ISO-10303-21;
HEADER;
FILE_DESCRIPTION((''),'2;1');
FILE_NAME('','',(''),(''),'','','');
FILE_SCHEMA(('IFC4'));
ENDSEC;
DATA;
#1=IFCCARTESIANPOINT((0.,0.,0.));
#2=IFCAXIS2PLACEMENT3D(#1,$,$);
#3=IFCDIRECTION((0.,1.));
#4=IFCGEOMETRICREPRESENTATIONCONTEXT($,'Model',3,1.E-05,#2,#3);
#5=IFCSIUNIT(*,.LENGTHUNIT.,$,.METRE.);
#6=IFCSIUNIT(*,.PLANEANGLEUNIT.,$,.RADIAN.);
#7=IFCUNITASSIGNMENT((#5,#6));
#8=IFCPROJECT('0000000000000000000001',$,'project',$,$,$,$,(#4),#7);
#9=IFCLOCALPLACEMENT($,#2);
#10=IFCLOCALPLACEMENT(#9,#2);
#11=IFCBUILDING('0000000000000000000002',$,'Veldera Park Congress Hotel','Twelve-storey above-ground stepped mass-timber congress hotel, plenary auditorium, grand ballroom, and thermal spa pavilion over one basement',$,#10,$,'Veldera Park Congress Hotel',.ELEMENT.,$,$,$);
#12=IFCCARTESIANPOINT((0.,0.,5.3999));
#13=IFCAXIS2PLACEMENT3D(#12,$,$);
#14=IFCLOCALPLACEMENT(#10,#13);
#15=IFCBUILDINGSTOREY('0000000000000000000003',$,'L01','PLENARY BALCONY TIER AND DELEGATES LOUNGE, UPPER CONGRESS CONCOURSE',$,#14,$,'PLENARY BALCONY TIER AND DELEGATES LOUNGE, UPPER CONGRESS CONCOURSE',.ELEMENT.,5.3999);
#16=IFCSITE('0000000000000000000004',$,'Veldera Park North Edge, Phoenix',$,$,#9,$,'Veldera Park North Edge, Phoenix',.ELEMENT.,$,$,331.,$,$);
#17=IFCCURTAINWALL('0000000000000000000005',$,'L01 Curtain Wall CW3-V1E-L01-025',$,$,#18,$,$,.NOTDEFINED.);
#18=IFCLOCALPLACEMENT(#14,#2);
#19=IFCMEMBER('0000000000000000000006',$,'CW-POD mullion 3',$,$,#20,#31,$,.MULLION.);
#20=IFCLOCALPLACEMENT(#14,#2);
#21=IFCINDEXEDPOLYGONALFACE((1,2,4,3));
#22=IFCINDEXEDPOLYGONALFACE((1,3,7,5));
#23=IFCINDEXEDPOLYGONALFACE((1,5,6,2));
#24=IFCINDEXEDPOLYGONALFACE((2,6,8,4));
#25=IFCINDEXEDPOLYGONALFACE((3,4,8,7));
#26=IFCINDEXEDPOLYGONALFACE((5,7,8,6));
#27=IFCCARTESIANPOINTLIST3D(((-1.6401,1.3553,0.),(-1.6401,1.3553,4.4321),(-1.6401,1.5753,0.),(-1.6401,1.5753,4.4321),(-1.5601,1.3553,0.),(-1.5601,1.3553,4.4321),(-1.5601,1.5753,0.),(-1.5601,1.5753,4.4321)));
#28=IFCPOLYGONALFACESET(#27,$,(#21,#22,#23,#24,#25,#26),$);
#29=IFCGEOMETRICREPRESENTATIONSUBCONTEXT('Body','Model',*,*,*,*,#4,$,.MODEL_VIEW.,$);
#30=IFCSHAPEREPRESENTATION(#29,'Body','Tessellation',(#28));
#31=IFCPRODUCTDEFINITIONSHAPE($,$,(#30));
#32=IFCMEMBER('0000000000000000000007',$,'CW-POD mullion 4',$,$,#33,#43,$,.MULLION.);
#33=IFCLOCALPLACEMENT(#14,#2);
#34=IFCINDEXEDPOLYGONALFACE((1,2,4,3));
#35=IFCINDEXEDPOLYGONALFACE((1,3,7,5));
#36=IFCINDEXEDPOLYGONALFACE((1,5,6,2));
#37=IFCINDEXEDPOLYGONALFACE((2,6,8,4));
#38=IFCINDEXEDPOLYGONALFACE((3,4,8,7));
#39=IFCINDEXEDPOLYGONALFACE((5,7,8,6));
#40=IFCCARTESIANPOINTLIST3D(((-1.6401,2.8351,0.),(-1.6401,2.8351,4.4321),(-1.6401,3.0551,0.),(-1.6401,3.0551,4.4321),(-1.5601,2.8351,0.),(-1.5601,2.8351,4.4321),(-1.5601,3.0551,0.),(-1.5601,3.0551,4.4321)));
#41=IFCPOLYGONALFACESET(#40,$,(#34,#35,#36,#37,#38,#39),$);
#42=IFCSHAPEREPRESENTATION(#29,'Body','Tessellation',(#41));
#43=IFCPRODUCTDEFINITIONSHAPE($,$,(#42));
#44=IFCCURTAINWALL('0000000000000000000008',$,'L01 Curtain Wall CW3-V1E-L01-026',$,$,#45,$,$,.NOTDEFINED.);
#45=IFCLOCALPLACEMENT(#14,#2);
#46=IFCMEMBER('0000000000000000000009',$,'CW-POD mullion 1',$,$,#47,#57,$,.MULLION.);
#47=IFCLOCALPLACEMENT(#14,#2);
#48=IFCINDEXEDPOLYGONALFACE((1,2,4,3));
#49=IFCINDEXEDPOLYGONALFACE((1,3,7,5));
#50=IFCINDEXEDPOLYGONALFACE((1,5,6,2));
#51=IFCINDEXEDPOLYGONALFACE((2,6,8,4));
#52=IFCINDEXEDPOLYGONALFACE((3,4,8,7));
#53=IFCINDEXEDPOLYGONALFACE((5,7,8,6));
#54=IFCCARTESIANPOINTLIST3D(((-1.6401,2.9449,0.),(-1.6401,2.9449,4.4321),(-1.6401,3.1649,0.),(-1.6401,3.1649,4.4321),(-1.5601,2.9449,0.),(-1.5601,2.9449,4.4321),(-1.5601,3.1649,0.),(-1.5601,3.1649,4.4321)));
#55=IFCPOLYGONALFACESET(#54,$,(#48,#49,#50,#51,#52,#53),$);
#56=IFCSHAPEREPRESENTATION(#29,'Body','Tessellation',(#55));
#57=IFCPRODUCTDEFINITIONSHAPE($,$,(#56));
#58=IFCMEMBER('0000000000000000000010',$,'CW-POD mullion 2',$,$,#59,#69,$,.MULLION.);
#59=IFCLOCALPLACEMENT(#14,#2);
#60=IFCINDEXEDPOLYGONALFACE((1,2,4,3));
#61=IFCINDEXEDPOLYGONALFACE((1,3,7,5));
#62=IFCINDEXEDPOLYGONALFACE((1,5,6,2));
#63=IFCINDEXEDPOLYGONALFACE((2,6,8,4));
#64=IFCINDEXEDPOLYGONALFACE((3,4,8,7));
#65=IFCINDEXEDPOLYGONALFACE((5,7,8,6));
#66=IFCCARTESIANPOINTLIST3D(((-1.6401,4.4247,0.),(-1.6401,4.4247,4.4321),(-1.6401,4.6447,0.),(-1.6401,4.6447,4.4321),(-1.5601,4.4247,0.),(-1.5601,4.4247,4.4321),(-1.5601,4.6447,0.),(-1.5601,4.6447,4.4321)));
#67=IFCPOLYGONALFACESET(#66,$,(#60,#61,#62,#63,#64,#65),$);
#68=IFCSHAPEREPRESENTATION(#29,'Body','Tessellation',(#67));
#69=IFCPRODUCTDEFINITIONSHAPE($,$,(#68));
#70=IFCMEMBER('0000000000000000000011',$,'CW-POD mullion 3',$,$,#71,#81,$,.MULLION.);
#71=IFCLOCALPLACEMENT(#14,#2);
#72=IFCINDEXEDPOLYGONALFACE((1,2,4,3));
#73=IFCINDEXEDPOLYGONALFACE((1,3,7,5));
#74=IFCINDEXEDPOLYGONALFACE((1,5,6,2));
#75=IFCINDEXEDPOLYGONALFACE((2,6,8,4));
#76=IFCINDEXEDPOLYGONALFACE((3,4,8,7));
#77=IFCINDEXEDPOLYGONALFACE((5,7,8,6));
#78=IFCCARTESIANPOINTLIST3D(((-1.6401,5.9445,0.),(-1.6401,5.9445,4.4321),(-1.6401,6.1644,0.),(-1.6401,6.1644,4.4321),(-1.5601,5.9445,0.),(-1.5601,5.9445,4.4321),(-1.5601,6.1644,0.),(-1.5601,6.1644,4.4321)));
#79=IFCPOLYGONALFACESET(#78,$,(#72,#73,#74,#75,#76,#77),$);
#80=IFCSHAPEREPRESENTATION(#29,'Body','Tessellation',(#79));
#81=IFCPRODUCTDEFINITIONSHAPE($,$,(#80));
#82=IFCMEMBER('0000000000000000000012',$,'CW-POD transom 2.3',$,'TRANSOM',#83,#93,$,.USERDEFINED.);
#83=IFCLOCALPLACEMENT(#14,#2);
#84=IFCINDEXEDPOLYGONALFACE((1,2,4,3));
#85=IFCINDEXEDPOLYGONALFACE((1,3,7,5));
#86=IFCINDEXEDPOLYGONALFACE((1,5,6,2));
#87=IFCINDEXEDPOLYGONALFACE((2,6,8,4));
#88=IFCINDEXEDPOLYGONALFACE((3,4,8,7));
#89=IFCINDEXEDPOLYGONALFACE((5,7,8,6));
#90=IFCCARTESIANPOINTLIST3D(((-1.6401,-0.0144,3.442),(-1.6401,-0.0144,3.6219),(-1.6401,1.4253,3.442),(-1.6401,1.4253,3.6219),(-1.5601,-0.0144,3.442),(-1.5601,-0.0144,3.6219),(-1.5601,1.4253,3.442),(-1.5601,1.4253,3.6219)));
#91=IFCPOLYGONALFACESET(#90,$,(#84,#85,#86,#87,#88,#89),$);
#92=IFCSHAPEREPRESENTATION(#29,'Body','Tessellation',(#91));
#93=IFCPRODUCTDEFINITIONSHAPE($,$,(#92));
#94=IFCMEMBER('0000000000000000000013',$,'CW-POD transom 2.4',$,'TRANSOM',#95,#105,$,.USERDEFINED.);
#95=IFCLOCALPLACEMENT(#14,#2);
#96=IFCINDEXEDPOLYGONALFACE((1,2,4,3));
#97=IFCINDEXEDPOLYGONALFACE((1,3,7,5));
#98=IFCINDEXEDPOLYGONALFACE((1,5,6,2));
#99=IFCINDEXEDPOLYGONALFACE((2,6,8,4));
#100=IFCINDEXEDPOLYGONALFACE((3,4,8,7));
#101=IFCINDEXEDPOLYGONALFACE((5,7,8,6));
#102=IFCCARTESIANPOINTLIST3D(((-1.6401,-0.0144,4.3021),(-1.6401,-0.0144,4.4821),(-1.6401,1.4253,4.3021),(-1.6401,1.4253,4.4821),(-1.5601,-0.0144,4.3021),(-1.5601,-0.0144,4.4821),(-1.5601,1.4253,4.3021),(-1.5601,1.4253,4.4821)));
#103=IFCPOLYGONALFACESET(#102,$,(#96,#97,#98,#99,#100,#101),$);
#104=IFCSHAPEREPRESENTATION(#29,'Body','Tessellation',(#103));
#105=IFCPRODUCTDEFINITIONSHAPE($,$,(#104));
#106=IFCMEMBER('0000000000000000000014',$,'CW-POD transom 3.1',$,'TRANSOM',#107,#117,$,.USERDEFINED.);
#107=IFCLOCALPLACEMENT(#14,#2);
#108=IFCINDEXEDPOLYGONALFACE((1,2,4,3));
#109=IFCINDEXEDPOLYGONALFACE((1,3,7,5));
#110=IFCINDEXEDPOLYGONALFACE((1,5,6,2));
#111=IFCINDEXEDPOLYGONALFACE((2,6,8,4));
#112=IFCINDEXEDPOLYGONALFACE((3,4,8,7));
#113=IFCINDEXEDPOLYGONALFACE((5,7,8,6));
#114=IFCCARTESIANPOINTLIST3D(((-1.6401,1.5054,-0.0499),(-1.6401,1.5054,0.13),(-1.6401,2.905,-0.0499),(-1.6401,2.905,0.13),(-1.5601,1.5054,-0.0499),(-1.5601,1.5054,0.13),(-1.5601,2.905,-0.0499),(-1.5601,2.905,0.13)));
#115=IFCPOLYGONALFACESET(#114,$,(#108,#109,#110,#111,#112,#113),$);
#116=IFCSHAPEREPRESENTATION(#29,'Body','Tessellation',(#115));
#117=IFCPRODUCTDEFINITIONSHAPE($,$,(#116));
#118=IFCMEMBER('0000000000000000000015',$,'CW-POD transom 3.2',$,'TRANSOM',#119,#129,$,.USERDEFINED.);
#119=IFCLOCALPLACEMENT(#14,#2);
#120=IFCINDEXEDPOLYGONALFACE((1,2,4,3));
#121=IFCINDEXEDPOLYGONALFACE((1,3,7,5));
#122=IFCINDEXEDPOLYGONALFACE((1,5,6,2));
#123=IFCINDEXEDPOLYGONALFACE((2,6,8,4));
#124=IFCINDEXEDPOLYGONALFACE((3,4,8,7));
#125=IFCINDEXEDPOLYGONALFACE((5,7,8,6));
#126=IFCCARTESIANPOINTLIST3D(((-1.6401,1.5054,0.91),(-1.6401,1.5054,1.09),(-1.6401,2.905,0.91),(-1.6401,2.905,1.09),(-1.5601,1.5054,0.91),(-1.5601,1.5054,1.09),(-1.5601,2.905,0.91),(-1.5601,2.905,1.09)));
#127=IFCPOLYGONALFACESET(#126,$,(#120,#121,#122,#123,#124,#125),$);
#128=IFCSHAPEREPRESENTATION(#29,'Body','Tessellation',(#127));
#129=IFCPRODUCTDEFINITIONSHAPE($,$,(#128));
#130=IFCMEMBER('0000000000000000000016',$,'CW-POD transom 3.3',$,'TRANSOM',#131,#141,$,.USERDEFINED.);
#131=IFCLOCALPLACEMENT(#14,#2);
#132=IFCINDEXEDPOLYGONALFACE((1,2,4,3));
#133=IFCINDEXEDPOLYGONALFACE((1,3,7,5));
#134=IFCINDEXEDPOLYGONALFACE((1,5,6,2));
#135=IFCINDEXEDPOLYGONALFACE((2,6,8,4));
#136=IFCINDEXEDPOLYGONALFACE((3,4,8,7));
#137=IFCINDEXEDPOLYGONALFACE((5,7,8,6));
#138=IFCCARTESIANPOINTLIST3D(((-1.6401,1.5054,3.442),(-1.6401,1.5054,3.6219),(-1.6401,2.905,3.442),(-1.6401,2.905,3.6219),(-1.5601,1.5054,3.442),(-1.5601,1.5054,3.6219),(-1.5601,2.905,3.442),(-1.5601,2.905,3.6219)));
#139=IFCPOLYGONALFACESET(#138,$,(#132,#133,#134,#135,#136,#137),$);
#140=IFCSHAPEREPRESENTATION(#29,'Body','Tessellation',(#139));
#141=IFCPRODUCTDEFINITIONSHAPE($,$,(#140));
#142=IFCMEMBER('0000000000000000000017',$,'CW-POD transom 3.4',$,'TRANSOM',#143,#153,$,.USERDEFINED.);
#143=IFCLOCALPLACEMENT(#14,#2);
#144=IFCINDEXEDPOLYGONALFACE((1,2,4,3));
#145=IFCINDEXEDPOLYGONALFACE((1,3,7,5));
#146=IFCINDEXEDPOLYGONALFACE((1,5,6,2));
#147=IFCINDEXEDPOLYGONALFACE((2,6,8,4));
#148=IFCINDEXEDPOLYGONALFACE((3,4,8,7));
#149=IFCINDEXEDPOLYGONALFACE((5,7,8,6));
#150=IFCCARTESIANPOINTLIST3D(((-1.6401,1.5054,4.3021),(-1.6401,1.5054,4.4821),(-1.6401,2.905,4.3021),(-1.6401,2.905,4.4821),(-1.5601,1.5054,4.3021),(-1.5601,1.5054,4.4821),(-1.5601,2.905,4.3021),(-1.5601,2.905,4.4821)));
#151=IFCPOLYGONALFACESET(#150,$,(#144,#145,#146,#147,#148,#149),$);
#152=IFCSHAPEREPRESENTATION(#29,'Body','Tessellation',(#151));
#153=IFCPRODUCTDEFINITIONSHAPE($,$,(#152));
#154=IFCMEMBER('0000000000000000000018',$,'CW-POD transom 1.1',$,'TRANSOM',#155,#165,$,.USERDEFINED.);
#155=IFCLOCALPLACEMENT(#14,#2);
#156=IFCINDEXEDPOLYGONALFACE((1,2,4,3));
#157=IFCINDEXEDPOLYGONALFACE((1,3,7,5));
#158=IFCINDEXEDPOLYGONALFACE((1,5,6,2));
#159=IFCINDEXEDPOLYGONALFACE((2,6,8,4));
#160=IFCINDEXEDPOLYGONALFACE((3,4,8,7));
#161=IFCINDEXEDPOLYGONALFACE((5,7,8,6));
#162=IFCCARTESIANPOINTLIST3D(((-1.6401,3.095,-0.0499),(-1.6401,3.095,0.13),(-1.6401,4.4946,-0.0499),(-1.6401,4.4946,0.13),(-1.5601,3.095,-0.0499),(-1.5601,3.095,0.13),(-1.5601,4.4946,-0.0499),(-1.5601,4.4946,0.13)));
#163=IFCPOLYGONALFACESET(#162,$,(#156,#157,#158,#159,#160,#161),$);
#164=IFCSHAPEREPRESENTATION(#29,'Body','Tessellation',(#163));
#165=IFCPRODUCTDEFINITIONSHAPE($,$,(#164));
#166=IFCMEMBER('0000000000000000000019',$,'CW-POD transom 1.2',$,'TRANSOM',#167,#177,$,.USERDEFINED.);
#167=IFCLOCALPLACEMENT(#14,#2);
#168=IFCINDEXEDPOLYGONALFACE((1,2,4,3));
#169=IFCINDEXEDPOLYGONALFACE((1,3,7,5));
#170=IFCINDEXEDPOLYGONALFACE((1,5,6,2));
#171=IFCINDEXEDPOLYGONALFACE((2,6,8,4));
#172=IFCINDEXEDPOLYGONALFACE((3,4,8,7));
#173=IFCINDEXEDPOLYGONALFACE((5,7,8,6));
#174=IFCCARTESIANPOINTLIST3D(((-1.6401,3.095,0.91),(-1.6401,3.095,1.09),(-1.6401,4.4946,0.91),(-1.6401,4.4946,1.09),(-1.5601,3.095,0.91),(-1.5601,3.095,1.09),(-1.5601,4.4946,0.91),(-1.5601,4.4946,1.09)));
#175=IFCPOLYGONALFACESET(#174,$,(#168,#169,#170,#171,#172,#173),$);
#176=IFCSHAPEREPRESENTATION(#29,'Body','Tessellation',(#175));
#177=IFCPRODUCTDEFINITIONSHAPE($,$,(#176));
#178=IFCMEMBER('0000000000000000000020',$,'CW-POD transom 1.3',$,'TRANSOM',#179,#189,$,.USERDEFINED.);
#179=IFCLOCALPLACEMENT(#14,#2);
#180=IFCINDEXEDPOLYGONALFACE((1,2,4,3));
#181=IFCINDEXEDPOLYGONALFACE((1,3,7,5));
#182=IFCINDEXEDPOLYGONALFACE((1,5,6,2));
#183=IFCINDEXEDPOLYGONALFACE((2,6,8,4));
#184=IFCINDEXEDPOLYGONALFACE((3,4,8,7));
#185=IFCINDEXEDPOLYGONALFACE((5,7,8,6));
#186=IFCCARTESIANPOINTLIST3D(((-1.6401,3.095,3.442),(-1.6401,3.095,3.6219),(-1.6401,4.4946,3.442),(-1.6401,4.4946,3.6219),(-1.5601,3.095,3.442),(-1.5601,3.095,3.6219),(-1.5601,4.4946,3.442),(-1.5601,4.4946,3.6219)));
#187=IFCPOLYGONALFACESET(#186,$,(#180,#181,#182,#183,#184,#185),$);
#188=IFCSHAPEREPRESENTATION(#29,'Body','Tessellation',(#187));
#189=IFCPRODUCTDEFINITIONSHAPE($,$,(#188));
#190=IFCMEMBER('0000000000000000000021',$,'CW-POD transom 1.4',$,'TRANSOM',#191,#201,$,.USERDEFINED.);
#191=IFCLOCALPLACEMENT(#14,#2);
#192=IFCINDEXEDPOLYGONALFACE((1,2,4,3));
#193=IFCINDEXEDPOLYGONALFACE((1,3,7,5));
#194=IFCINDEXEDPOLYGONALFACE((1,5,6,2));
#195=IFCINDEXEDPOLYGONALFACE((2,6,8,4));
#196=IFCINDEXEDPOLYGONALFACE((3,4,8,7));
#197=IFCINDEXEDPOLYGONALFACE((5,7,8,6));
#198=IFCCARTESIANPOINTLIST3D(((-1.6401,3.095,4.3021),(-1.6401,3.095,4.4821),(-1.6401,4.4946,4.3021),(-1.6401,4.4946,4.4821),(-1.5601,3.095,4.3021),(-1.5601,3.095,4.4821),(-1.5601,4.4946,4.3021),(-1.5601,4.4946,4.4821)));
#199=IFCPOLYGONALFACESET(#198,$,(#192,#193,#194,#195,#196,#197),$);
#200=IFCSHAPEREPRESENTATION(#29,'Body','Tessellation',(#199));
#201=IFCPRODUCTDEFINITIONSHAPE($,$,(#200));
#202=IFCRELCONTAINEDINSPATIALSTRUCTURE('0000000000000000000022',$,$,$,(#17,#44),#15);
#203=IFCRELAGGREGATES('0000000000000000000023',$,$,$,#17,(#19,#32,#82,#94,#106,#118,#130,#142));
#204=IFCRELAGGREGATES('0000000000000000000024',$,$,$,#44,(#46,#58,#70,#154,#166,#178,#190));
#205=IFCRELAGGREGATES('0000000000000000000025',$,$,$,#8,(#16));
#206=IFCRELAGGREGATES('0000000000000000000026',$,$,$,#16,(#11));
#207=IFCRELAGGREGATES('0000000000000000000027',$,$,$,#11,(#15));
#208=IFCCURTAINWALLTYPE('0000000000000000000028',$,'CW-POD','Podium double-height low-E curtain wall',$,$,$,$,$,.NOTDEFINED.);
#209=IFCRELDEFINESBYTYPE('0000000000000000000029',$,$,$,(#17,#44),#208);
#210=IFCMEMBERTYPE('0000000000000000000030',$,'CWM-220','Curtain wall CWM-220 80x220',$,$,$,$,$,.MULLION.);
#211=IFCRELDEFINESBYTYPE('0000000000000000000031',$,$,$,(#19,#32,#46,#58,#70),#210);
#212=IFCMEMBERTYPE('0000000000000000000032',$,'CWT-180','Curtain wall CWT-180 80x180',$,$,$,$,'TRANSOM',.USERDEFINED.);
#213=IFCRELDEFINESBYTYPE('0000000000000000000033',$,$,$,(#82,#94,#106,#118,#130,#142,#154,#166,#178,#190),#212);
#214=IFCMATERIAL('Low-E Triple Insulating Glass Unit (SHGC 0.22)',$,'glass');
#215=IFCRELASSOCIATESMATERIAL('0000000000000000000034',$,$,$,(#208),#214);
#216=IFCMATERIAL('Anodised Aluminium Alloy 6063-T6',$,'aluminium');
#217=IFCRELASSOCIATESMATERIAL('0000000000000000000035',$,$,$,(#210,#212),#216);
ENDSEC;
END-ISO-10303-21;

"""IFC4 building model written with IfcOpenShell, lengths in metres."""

from ifc_helpers import new_model, si_unit, direction, frame, origin, origin_2d, place, context, subcontext, project, spatial, rectangle, extrude, material, material_profile, profile_set, type_object, element, aggregate, save


model = new_model("IFC4")

# Units and contexts
model_context = context("Model", 3, precision=1e-05, world=origin(), true_north=direction((0.0, 1.0)))
body_context = subcontext(model_context, "Body", "Model", "MODEL_VIEW")
ifc_project = project(units=[si_unit("LENGTHUNIT", "METRE"), si_unit("PLANEANGLEUNIT", "RADIAN")], contexts=[model_context])

# Site, building, storey
site_placement = place(None, origin())
site = spatial("IfcSite", under=ifc_project, at=site_placement, Name="Veldera Park North Edge, Phoenix", LongName="Veldera Park North Edge, Phoenix", CompositionType="ELEMENT", RefElevation=331.0)
building_placement = place(site_placement, origin())
building = spatial("IfcBuilding", under=site, at=building_placement, Name="Veldera Park Congress Hotel", Description="Twelve-storey above-ground stepped mass-timber congress hotel, plenary auditorium, grand ballroom, and thermal spa pavilion over one basement", LongName="Veldera Park Congress Hotel", CompositionType="ELEMENT")
storey_placement = place(building_placement, frame((0.0, 0.0, 5.3999)))
storey = spatial("IfcBuildingStorey", under=building, at=storey_placement, Name="L01", Description="PLENARY BALCONY TIER AND DELEGATES LOUNGE, UPPER CONGRESS CONCOURSE", LongName="PLENARY BALCONY TIER AND DELEGATES LOUNGE, UPPER CONGRESS CONCOURSE", CompositionType="ELEMENT", Elevation=5.3999)

# Curtain walls, members
ifc_material_1 = material(Name="Low-E Triple Insulating Glass Unit (SHGC 0.22)", Category="glass")
curtain_wall_type = type_object("IfcCurtainWallType", Name="CW-POD", Description="Podium double-height low-E curtain wall", PredefinedType="NOTDEFINED", material=ifc_material_1)
curtain_wall_1_placement = place(storey_placement, origin())
curtain_wall_1 = element("IfcCurtainWall", 1, at=curtain_wall_1_placement, inside=storey, type_object=curtain_wall_type, Name="L01 Curtain Wall CW3-V1E-L01-025", PredefinedType="NOTDEFINED")
ifc_material_2 = material(Name="Anodised Aluminium Alloy 6063-T6", Category="aluminium")
ifc_material_profile_1 = material_profile(ifc_material_2, rectangle(XDim=0.0801, YDim=0.22, at=origin_2d()), Name="ALU 80x220")
ifc_profile_set_1 = profile_set([ifc_material_profile_1], Name="Anodised Aluminium Alloy 6063-T6")
member_type_1 = type_object("IfcMemberType", Name="CWM-220", Description="Curtain wall CWM-220 80x220", PredefinedType="MULLION", material=ifc_profile_set_1)
member_1_placement = place(storey_placement, frame((-1.6001, 1.4653, 0.0), z_axis=(0.0, 0.0, 1.0), x_axis=(-1.0, 0.0, 0.0)))
member_1 = element("IfcMember", 2, at=member_1_placement, type_object=member_type_1, Name="CW-POD mullion 3", PredefinedType="MULLION", context=body_context, shape_type="SweptSolid", body=[
    extrude(rectangle(XDim=0.0801, YDim=0.22, at=origin_2d()), origin(), (0.0, 0.0, 1.0), 4.4321),
])
member_2_placement = place(storey_placement, frame((-1.6001, 2.9451, 0.0), z_axis=(0.0, 0.0, 1.0), x_axis=(-1.0, 0.0, 0.0)))
member_2 = element("IfcMember", 3, at=member_2_placement, type_object=member_type_1, Name="CW-POD mullion 4", PredefinedType="MULLION", context=body_context, shape_type="SweptSolid", body=[
    extrude(rectangle(XDim=0.0801, YDim=0.22, at=origin_2d()), origin(), (0.0, 0.0, 1.0), 4.4321),
])
curtain_wall_2_placement = place(storey_placement, origin())
curtain_wall_2 = element("IfcCurtainWall", 4, at=curtain_wall_2_placement, inside=storey, type_object=curtain_wall_type, Name="L01 Curtain Wall CW3-V1E-L01-026", PredefinedType="NOTDEFINED")
member_3_placement = place(storey_placement, frame((-1.6001, 3.0549, 0.0), z_axis=(0.0, 0.0, 1.0), x_axis=(-1.0, 0.0, 0.0)))
member_3 = element("IfcMember", 5, at=member_3_placement, type_object=member_type_1, Name="CW-POD mullion 1", PredefinedType="MULLION", context=body_context, shape_type="SweptSolid", body=[
    extrude(rectangle(XDim=0.0801, YDim=0.22, at=origin_2d()), origin(), (0.0, 0.0, 1.0), 4.4321),
])
member_4_placement = place(storey_placement, frame((-1.6001, 4.5347, 0.0), z_axis=(0.0, 0.0, 1.0), x_axis=(-1.0, 0.0, 0.0)))
member_4 = element("IfcMember", 6, at=member_4_placement, type_object=member_type_1, Name="CW-POD mullion 2", PredefinedType="MULLION", context=body_context, shape_type="SweptSolid", body=[
    extrude(rectangle(XDim=0.0801, YDim=0.22, at=origin_2d()), origin(), (0.0, 0.0, 1.0), 4.4321),
])
member_5_placement = place(storey_placement, frame((-1.6001, 6.0544, 0.0), z_axis=(0.0, 0.0, 1.0), x_axis=(-1.0, 0.0, 0.0)))
member_5 = element("IfcMember", 7, at=member_5_placement, type_object=member_type_1, Name="CW-POD mullion 3", PredefinedType="MULLION", context=body_context, shape_type="SweptSolid", body=[
    extrude(rectangle(XDim=0.0801, YDim=0.22, at=origin_2d()), origin(), (0.0, 0.0, 1.0), 4.4321),
])

# Members
ifc_material_profile_2 = material_profile(ifc_material_2, rectangle(XDim=0.0801, YDim=0.1799, at=origin_2d()), Name="ALU 80x180")
ifc_profile_set_2 = profile_set([ifc_material_profile_2], Name="Anodised Aluminium Alloy 6063-T6")
member_type_2 = type_object("IfcMemberType", Name="CWT-180", Description="Curtain wall CWT-180 80x180", ElementType="TRANSOM", PredefinedType="USERDEFINED", material=ifc_profile_set_2)
member_6_placement = place(storey_placement, frame((-1.6001, -0.0144, 3.532), z_axis=(0.0, 1.0, 0.0), x_axis=(-1.0, 0.0, 0.0)))
member_6 = element("IfcMember", 8, at=member_6_placement, type_object=member_type_2, Name="CW-POD transom 2.3", ObjectType="TRANSOM", PredefinedType="USERDEFINED", context=body_context, shape_type="SweptSolid", body=[
    extrude(rectangle(XDim=0.0801, YDim=0.1799, at=origin_2d()), origin(), (0.0, 0.0, 1.0), 1.4397),
])
member_7_placement = place(storey_placement, frame((-1.6001, -0.0144, 4.3921), z_axis=(0.0, 1.0, 0.0), x_axis=(-1.0, 0.0, 0.0)))
member_7 = element("IfcMember", 9, at=member_7_placement, type_object=member_type_2, Name="CW-POD transom 2.4", ObjectType="TRANSOM", PredefinedType="USERDEFINED", context=body_context, shape_type="SweptSolid", body=[
    extrude(rectangle(XDim=0.0801, YDim=0.1799, at=origin_2d()), origin(), (0.0, 0.0, 1.0), 1.4397),
])
member_8_placement = place(storey_placement, frame((-1.6001, 1.5054, 0.04), z_axis=(0.0, 1.0, 0.0), x_axis=(-1.0, 0.0, 0.0)))
member_8 = element("IfcMember", 10, at=member_8_placement, type_object=member_type_2, Name="CW-POD transom 3.1", ObjectType="TRANSOM", PredefinedType="USERDEFINED", context=body_context, shape_type="SweptSolid", body=[
    extrude(rectangle(XDim=0.0801, YDim=0.1799, at=origin_2d()), origin(), (0.0, 0.0, 1.0), 1.3997),
])
member_9_placement = place(storey_placement, frame((-1.6001, 1.5054, 1.0), z_axis=(0.0, 1.0, 0.0), x_axis=(-1.0, 0.0, 0.0)))
member_9 = element("IfcMember", 11, at=member_9_placement, type_object=member_type_2, Name="CW-POD transom 3.2", ObjectType="TRANSOM", PredefinedType="USERDEFINED", context=body_context, shape_type="SweptSolid", body=[
    extrude(rectangle(XDim=0.0801, YDim=0.1799, at=origin_2d()), origin(), (0.0, 0.0, 1.0), 1.3997),
])
member_10_placement = place(storey_placement, frame((-1.6001, 1.5054, 3.532), z_axis=(0.0, 1.0, 0.0), x_axis=(-1.0, 0.0, 0.0)))
member_10 = element("IfcMember", 12, at=member_10_placement, type_object=member_type_2, Name="CW-POD transom 3.3", ObjectType="TRANSOM", PredefinedType="USERDEFINED", context=body_context, shape_type="SweptSolid", body=[
    extrude(rectangle(XDim=0.0801, YDim=0.1799, at=origin_2d()), origin(), (0.0, 0.0, 1.0), 1.3997),
])
member_11_placement = place(storey_placement, frame((-1.6001, 1.5054, 4.3921), z_axis=(0.0, 1.0, 0.0), x_axis=(-1.0, 0.0, 0.0)))
member_11 = element("IfcMember", 13, at=member_11_placement, type_object=member_type_2, Name="CW-POD transom 3.4", ObjectType="TRANSOM", PredefinedType="USERDEFINED", context=body_context, shape_type="SweptSolid", body=[
    extrude(rectangle(XDim=0.0801, YDim=0.1799, at=origin_2d()), origin(), (0.0, 0.0, 1.0), 1.3997),
])
member_12_placement = place(storey_placement, frame((-1.6001, 3.095, 0.04), z_axis=(0.0, 1.0, 0.0), x_axis=(-1.0, 0.0, 0.0)))
member_12 = element("IfcMember", 14, at=member_12_placement, type_object=member_type_2, Name="CW-POD transom 1.1", ObjectType="TRANSOM", PredefinedType="USERDEFINED", context=body_context, shape_type="SweptSolid", body=[
    extrude(rectangle(XDim=0.0801, YDim=0.1799, at=origin_2d()), origin(), (0.0, 0.0, 1.0), 1.3997),
])
member_13_placement = place(storey_placement, frame((-1.6001, 3.095, 1.0), z_axis=(0.0, 1.0, 0.0), x_axis=(-1.0, 0.0, 0.0)))
member_13 = element("IfcMember", 15, at=member_13_placement, type_object=member_type_2, Name="CW-POD transom 1.2", ObjectType="TRANSOM", PredefinedType="USERDEFINED", context=body_context, shape_type="SweptSolid", body=[
    extrude(rectangle(XDim=0.0801, YDim=0.1799, at=origin_2d()), origin(), (0.0, 0.0, 1.0), 1.3997),
])
member_14_placement = place(storey_placement, frame((-1.6001, 3.095, 3.532), z_axis=(0.0, 1.0, 0.0), x_axis=(-1.0, 0.0, 0.0)))
member_14 = element("IfcMember", 16, at=member_14_placement, type_object=member_type_2, Name="CW-POD transom 1.3", ObjectType="TRANSOM", PredefinedType="USERDEFINED", context=body_context, shape_type="SweptSolid", body=[
    extrude(rectangle(XDim=0.0801, YDim=0.1799, at=origin_2d()), origin(), (0.0, 0.0, 1.0), 1.3997),
])
member_15_placement = place(storey_placement, frame((-1.6001, 3.095, 4.3921), z_axis=(0.0, 1.0, 0.0), x_axis=(-1.0, 0.0, 0.0)))
member_15 = element("IfcMember", 17, at=member_15_placement, type_object=member_type_2, Name="CW-POD transom 1.4", ObjectType="TRANSOM", PredefinedType="USERDEFINED", context=body_context, shape_type="SweptSolid", body=[
    extrude(rectangle(XDim=0.0801, YDim=0.1799, at=origin_2d()), origin(), (0.0, 0.0, 1.0), 1.3997),
])

aggregate(curtain_wall_1, [member_1, member_2, member_6, member_7, member_8, member_9, member_10, member_11])
aggregate(curtain_wall_2, [member_3, member_4, member_5, member_12, member_13, member_14, member_15])

save(model, "model.ifc")
